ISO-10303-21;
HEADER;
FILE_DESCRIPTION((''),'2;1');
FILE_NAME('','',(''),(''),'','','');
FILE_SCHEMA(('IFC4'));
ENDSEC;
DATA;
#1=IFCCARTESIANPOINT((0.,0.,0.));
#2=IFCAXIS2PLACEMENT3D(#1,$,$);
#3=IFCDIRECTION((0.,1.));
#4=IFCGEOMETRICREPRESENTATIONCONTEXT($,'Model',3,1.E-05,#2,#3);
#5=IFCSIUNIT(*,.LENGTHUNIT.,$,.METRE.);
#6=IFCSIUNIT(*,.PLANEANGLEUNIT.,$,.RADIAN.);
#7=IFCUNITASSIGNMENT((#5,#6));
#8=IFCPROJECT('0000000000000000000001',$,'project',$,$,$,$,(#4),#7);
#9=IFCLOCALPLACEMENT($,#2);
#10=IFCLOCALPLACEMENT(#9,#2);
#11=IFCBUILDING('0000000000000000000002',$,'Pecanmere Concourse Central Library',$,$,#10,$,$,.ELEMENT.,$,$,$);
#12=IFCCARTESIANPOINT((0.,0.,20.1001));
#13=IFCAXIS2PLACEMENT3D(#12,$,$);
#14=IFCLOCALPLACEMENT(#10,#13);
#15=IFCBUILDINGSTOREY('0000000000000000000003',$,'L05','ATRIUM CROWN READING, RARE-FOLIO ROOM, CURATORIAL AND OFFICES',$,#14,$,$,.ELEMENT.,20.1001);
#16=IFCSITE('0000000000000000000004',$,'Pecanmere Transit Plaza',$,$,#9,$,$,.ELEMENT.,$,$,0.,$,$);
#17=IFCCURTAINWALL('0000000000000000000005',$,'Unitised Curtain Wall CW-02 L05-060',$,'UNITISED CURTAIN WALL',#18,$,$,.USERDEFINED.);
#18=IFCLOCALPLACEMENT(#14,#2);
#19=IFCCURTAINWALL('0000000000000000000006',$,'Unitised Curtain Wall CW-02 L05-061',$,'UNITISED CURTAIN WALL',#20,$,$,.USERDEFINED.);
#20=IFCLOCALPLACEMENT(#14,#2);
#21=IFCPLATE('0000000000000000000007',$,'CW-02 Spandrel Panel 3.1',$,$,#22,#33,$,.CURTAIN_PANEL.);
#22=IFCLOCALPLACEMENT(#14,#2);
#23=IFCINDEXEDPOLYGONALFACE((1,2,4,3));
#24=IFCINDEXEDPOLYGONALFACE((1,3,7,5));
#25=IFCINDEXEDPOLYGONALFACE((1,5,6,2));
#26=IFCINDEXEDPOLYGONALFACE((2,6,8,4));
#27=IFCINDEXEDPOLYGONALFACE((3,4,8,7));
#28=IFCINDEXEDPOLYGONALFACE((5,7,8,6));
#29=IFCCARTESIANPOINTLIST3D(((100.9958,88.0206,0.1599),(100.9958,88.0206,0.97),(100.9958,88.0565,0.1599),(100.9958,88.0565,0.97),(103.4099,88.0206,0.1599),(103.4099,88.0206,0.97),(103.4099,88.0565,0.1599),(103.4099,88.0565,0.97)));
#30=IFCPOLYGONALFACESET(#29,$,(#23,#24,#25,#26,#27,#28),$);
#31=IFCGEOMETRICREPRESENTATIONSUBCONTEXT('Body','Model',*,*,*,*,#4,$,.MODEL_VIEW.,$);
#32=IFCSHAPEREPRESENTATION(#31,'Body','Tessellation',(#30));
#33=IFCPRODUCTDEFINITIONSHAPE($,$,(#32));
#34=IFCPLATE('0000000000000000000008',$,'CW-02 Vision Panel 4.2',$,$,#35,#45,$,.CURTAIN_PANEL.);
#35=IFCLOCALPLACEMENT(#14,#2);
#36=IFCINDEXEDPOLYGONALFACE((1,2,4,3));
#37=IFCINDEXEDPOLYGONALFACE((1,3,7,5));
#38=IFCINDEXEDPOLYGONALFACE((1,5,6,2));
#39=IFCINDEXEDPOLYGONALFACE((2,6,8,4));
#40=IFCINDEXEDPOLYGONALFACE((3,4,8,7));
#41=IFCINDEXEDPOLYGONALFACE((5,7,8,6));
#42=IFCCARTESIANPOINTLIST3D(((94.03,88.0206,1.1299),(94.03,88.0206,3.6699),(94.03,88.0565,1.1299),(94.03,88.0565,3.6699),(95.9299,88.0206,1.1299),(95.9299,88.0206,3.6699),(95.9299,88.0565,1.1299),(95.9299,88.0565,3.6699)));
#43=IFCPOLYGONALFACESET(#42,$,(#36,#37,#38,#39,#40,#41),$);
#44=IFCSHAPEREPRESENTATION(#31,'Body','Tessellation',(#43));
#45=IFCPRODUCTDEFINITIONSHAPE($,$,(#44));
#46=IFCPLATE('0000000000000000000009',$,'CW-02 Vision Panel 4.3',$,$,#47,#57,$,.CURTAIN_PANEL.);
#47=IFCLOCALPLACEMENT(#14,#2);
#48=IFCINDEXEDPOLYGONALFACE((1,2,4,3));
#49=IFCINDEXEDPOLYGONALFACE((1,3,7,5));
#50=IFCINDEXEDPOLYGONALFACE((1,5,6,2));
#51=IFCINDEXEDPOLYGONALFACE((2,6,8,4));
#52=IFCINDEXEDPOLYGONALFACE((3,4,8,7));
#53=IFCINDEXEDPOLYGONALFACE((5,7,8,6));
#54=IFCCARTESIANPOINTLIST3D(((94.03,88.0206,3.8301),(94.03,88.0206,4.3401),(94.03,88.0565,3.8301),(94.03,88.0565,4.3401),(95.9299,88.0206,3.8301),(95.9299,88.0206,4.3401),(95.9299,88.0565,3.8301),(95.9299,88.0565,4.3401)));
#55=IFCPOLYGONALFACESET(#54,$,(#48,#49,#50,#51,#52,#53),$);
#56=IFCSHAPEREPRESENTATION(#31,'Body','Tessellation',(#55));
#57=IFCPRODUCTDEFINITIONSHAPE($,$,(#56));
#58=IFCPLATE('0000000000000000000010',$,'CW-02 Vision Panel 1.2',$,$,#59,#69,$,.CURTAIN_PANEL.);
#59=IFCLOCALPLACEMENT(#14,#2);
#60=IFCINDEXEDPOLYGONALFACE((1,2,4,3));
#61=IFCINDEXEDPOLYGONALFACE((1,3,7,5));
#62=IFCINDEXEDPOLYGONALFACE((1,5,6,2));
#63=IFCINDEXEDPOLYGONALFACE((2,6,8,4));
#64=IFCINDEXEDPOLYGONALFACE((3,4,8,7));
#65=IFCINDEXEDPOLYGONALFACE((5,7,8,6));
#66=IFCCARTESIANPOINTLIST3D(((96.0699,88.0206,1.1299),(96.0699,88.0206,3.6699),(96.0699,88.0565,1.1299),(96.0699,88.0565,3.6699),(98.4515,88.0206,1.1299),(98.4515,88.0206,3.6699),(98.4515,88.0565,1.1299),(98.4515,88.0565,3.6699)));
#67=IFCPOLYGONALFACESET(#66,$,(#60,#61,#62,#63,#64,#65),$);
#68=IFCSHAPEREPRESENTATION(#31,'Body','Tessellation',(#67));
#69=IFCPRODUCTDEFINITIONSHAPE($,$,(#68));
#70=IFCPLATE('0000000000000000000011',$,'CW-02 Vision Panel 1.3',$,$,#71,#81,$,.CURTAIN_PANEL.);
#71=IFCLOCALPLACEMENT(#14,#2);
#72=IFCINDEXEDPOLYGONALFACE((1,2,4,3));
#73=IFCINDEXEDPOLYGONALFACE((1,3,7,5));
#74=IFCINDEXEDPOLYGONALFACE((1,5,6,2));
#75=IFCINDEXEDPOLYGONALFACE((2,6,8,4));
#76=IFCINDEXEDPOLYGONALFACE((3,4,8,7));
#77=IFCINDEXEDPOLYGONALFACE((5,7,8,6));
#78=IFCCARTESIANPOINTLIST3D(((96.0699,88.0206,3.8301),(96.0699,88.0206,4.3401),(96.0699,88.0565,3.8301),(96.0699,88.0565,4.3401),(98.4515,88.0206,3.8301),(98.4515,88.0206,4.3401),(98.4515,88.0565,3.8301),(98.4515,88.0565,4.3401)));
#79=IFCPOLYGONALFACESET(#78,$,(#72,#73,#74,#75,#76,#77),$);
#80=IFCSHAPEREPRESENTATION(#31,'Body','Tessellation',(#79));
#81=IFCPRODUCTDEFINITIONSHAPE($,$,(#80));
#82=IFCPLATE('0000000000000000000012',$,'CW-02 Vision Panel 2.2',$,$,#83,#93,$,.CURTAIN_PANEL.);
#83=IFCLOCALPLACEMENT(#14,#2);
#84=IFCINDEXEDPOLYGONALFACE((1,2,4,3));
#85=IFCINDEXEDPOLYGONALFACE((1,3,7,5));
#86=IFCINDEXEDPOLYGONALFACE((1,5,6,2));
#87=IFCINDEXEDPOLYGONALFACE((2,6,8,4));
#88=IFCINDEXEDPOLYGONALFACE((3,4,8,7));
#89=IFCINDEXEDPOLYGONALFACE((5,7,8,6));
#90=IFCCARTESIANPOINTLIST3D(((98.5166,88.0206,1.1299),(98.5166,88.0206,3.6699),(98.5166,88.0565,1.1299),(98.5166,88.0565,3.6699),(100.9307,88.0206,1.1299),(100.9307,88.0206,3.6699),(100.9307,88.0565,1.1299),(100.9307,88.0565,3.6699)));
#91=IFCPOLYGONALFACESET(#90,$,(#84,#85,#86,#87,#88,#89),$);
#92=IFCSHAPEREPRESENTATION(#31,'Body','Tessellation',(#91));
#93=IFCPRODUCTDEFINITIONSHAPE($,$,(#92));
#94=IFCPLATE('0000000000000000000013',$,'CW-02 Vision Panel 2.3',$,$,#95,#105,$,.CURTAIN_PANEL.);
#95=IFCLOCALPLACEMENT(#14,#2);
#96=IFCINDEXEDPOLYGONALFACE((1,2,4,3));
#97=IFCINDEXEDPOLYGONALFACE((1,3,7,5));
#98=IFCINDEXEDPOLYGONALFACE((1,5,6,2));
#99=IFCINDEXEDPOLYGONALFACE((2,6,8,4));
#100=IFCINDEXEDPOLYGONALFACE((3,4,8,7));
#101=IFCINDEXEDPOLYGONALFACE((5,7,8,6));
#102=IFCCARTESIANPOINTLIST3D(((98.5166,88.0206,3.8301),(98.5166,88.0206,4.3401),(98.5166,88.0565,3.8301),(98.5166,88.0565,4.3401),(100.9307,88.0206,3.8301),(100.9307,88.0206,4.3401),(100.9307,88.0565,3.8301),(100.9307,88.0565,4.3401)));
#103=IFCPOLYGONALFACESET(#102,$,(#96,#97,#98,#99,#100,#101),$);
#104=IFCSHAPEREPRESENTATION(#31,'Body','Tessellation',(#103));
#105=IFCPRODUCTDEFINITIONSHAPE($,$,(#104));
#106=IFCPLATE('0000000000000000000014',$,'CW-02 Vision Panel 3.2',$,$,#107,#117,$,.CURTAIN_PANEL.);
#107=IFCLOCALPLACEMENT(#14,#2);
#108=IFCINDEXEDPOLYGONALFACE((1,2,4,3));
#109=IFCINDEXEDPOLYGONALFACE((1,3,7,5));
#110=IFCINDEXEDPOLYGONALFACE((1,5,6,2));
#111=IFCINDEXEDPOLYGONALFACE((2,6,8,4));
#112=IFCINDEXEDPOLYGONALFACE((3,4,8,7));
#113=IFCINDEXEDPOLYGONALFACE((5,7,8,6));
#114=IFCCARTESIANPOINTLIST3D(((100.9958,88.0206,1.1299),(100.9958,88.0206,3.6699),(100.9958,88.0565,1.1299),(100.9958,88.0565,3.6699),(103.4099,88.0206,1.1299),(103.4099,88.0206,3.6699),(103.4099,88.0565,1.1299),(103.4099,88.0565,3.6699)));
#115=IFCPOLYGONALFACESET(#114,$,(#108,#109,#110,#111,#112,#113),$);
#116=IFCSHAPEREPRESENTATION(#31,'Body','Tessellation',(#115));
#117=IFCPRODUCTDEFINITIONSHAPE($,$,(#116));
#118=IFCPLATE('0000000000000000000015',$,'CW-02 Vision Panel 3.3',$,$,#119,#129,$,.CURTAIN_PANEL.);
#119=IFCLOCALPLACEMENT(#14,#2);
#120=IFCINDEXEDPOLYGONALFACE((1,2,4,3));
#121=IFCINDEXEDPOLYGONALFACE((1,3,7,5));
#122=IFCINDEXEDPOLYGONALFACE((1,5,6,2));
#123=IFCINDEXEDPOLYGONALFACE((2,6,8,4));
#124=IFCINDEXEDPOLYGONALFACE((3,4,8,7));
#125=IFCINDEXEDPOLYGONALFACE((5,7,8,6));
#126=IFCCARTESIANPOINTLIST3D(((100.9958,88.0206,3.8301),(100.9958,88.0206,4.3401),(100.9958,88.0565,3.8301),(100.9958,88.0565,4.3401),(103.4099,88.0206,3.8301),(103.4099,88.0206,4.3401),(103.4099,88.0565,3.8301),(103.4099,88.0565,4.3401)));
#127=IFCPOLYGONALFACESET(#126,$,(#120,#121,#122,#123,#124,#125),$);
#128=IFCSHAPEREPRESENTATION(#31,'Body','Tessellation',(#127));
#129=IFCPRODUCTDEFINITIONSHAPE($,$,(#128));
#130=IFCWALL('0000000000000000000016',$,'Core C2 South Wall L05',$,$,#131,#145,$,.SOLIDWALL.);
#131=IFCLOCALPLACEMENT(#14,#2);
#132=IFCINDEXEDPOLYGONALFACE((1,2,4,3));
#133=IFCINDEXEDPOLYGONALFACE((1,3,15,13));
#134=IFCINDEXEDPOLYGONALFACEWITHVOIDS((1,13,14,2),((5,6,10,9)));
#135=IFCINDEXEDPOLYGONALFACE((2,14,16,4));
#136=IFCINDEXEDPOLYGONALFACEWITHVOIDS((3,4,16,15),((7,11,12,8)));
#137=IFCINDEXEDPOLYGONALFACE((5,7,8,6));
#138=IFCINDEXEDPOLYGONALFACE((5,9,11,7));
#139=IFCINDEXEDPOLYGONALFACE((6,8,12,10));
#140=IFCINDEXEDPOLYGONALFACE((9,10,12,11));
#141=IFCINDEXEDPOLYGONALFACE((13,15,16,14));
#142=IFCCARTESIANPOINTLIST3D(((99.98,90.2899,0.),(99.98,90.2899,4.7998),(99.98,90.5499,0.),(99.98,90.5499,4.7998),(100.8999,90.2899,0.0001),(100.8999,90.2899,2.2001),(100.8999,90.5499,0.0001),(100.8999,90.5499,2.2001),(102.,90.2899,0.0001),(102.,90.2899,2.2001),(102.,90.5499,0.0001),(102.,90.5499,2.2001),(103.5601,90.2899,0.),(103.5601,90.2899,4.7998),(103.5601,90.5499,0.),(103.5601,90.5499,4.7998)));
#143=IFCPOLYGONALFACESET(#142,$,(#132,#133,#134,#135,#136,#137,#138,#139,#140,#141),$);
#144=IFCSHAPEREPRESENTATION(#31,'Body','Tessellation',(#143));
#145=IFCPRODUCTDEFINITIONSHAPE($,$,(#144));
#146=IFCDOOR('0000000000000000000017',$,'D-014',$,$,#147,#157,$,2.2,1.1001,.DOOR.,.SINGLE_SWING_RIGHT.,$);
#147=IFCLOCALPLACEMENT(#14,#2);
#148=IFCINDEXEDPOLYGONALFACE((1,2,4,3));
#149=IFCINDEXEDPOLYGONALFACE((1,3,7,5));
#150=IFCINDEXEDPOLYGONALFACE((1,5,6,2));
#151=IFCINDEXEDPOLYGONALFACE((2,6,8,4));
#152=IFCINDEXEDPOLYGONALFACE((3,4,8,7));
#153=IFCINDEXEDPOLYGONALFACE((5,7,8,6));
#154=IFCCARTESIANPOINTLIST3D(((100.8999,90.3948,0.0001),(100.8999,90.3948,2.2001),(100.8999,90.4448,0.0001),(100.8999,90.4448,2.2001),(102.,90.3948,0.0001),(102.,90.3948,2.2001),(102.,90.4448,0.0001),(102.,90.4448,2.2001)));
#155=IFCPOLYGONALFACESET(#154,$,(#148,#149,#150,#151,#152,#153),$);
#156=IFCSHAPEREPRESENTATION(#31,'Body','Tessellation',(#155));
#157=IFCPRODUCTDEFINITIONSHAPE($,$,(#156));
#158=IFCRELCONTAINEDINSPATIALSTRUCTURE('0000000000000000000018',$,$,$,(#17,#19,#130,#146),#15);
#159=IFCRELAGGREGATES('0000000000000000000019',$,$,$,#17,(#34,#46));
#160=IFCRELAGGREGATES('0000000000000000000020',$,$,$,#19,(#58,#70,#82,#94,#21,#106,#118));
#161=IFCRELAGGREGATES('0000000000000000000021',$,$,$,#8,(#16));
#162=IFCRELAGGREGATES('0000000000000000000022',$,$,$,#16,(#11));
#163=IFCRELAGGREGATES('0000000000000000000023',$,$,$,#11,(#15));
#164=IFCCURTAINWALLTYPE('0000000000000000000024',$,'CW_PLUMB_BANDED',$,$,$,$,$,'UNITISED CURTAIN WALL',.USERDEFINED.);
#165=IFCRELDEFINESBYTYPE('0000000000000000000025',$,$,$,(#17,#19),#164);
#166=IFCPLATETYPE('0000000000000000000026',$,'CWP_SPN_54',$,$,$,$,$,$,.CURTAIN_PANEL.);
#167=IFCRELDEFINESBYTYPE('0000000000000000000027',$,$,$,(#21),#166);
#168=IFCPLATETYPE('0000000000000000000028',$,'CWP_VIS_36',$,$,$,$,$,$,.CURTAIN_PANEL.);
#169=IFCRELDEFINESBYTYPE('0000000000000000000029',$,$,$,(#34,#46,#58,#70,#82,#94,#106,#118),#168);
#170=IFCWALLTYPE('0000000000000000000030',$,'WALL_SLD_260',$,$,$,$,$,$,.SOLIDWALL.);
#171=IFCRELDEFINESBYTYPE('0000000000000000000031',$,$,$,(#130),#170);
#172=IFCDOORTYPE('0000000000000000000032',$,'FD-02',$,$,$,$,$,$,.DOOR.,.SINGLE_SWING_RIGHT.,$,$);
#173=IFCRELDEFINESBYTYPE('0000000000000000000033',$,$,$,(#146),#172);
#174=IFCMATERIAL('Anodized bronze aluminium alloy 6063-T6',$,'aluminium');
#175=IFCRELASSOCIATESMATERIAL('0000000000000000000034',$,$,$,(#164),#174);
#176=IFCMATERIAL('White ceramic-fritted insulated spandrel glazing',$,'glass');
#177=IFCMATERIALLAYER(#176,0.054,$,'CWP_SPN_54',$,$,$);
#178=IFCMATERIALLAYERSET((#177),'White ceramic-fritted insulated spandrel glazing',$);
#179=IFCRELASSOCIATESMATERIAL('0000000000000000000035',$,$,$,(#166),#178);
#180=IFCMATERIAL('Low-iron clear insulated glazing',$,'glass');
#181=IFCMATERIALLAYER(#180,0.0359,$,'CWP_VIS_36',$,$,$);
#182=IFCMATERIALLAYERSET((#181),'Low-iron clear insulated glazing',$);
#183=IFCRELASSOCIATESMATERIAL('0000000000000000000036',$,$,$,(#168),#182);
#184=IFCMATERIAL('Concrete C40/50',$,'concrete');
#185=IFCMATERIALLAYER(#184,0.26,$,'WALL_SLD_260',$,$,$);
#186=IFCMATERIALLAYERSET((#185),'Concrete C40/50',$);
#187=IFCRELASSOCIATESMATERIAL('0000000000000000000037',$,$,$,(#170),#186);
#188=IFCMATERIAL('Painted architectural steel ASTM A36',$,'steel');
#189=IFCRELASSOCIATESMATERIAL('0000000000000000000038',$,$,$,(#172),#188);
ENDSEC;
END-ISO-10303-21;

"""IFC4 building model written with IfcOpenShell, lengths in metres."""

from ifc_helpers import new_model, si_unit, direction, frame, frame_2d, origin, origin_2d, place, context, subcontext, project, spatial, rectangle, extrude, material, layer, layer_set, type_object, element, fill, aggregate, save


model = new_model("IFC4")

# Units and contexts
model_context = context("Model", 3, precision=1e-05, world=origin(), true_north=direction((0.0, 1.0)))
body_context = subcontext(model_context, "Body", "Model", "MODEL_VIEW")
ifc_project = project(units=[si_unit("LENGTHUNIT", "METRE"), si_unit("PLANEANGLEUNIT", "RADIAN")], contexts=[model_context])

# Site, building, storey
site_placement = place(None, origin())
site = spatial("IfcSite", under=ifc_project, at=site_placement, Name="Pecanmere Transit Plaza", CompositionType="ELEMENT", RefElevation=0.0)
building_placement = place(site_placement, origin())
building = spatial("IfcBuilding", under=site, at=building_placement, Name="Pecanmere Concourse Central Library", CompositionType="ELEMENT")
storey_placement = place(building_placement, frame((0.0, 0.0, 20.1001)))
storey = spatial("IfcBuildingStorey", under=building, at=storey_placement, Name="L05", Description="ATRIUM CROWN READING, RARE-FOLIO ROOM, CURATORIAL AND OFFICES", CompositionType="ELEMENT", Elevation=20.1001)

# Curtain wall
ifc_material_1 = material(Name="Anodized bronze aluminium alloy 6063-T6", Category="aluminium")
curtain_wall_type = type_object("IfcCurtainWallType", Name="CW_PLUMB_BANDED", ElementType="UNITISED CURTAIN WALL", PredefinedType="USERDEFINED", material=ifc_material_1)
curtain_wall_1_placement = place(storey_placement, origin())
curtain_wall_1 = element("IfcCurtainWall", 1, at=curtain_wall_1_placement, inside=storey, type_object=curtain_wall_type, Name="Unitised Curtain Wall CW-02 L05-060", ObjectType="UNITISED CURTAIN WALL", PredefinedType="USERDEFINED")

# Curtain wall
curtain_wall_2_placement = place(storey_placement, origin())
curtain_wall_2 = element("IfcCurtainWall", 2, at=curtain_wall_2_placement, inside=storey, type_object=curtain_wall_type, Name="Unitised Curtain Wall CW-02 L05-061", ObjectType="UNITISED CURTAIN WALL", PredefinedType="USERDEFINED")

# Plates
ifc_material_2 = material(Name="White ceramic-fritted insulated spandrel glazing", Category="glass")
ifc_layer_1 = layer(ifc_material_2, 0.054, Name="CWP_SPN_54")
ifc_layer_set_1 = layer_set([ifc_layer_1], Name="White ceramic-fritted insulated spandrel glazing")
plate_type_1 = type_object("IfcPlateType", Name="CWP_SPN_54", PredefinedType="CURTAIN_PANEL", material=ifc_layer_set_1)
plate_1_placement = place(storey_placement, frame((102.2029, 88.0386, 0.1599), z_axis=(0.0, 0.0, 1.0), x_axis=(1.0, 0.0, 0.0)))
plate_1 = element("IfcPlate", 3, at=plate_1_placement, type_object=plate_type_1, Name="CW-02 Spandrel Panel 3.1", PredefinedType="CURTAIN_PANEL", context=body_context, shape_type="SweptSolid", body=[
    extrude(rectangle(XDim=2.4141, YDim=0.0359, at=origin_2d()), origin(), (0.0, 0.0, 1.0), 0.8101),
])
ifc_material_3 = material(Name="Low-iron clear insulated glazing", Category="glass")
ifc_layer_2 = layer(ifc_material_3, 0.0359, Name="CWP_VIS_36")
ifc_layer_set_2 = layer_set([ifc_layer_2], Name="Low-iron clear insulated glazing")
plate_type_2 = type_object("IfcPlateType", Name="CWP_VIS_36", PredefinedType="CURTAIN_PANEL", material=ifc_layer_set_2)
plate_2_placement = place(storey_placement, frame((94.98, 88.0386, 1.1299), z_axis=(0.0, 0.0, 1.0), x_axis=(1.0, 0.0, 0.0)))
plate_2 = element("IfcPlate", 4, at=plate_2_placement, type_object=plate_type_2, Name="CW-02 Vision Panel 4.2", PredefinedType="CURTAIN_PANEL", context=body_context, shape_type="SweptSolid", body=[
    extrude(rectangle(XDim=1.8999, YDim=0.0359, at=origin_2d()), origin(), (0.0, 0.0, 1.0), 2.54),
])
plate_3_placement = place(storey_placement, frame((94.98, 88.0386, 3.8301), z_axis=(0.0, 0.0, 1.0), x_axis=(1.0, 0.0, 0.0)))
plate_3 = element("IfcPlate", 5, at=plate_3_placement, type_object=plate_type_2, Name="CW-02 Vision Panel 4.3", PredefinedType="CURTAIN_PANEL", context=body_context, shape_type="SweptSolid", body=[
    extrude(rectangle(XDim=1.8999, YDim=0.0359, at=origin_2d()), origin(), (0.0, 0.0, 1.0), 0.51),
])
aggregate(curtain_wall_1, [plate_2, plate_3])
plate_4_placement = place(storey_placement, frame((97.2607, 88.0386, 1.1299), z_axis=(0.0, 0.0, 1.0), x_axis=(1.0, 0.0, 0.0)))
plate_4 = element("IfcPlate", 6, at=plate_4_placement, type_object=plate_type_2, Name="CW-02 Vision Panel 1.2", PredefinedType="CURTAIN_PANEL", context=body_context, shape_type="SweptSolid", body=[
    extrude(rectangle(XDim=2.3816, YDim=0.0359, at=origin_2d()), origin(), (0.0, 0.0, 1.0), 2.54),
])
plate_5_placement = place(storey_placement, frame((97.2607, 88.0386, 3.8301), z_axis=(0.0, 0.0, 1.0), x_axis=(1.0, 0.0, 0.0)))
plate_5 = element("IfcPlate", 7, at=plate_5_placement, type_object=plate_type_2, Name="CW-02 Vision Panel 1.3", PredefinedType="CURTAIN_PANEL", context=body_context, shape_type="SweptSolid", body=[
    extrude(rectangle(XDim=2.3816, YDim=0.0359, at=origin_2d()), origin(), (0.0, 0.0, 1.0), 0.51),
])
plate_6_placement = place(storey_placement, frame((99.7236, 88.0386, 1.1299), z_axis=(0.0, 0.0, 1.0), x_axis=(1.0, 0.0, 0.0)))
plate_6 = element("IfcPlate", 8, at=plate_6_placement, type_object=plate_type_2, Name="CW-02 Vision Panel 2.2", PredefinedType="CURTAIN_PANEL", context=body_context, shape_type="SweptSolid", body=[
    extrude(rectangle(XDim=2.4141, YDim=0.0359, at=origin_2d()), origin(), (0.0, 0.0, 1.0), 2.54),
])
plate_7_placement = place(storey_placement, frame((99.7236, 88.0386, 3.8301), z_axis=(0.0, 0.0, 1.0), x_axis=(1.0, 0.0, 0.0)))
plate_7 = element("IfcPlate", 9, at=plate_7_placement, type_object=plate_type_2, Name="CW-02 Vision Panel 2.3", PredefinedType="CURTAIN_PANEL", context=body_context, shape_type="SweptSolid", body=[
    extrude(rectangle(XDim=2.4141, YDim=0.0359, at=origin_2d()), origin(), (0.0, 0.0, 1.0), 0.51),
])
plate_8_placement = place(storey_placement, frame((102.2029, 88.0386, 1.1299), z_axis=(0.0, 0.0, 1.0), x_axis=(1.0, 0.0, 0.0)))
plate_8 = element("IfcPlate", 10, at=plate_8_placement, type_object=plate_type_2, Name="CW-02 Vision Panel 3.2", PredefinedType="CURTAIN_PANEL", context=body_context, shape_type="SweptSolid", body=[
    extrude(rectangle(XDim=2.4141, YDim=0.0359, at=origin_2d()), origin(), (0.0, 0.0, 1.0), 2.54),
])
plate_9_placement = place(storey_placement, frame((102.2029, 88.0386, 3.8301), z_axis=(0.0, 0.0, 1.0), x_axis=(1.0, 0.0, 0.0)))
plate_9 = element("IfcPlate", 11, at=plate_9_placement, type_object=plate_type_2, Name="CW-02 Vision Panel 3.3", PredefinedType="CURTAIN_PANEL", context=body_context, shape_type="SweptSolid", body=[
    extrude(rectangle(XDim=2.4141, YDim=0.0359, at=origin_2d()), origin(), (0.0, 0.0, 1.0), 0.51),
])
aggregate(curtain_wall_2, [plate_4, plate_5, plate_6, plate_7, plate_1, plate_8, plate_9])

# Wall, opening, door
ifc_material_4 = material(Name="Concrete C40/50", Category="concrete")
ifc_layer_3 = layer(ifc_material_4, 0.26, Name="WALL_SLD_260")
ifc_layer_set_3 = layer_set([ifc_layer_3], Name="Concrete C40/50")
wall_type = type_object("IfcWallType", Name="WALL_SLD_260", PredefinedType="SOLIDWALL", material=ifc_layer_set_3)
wall_placement = place(storey_placement, frame((99.98, 90.4199, 0.0), z_axis=(0.0, 0.0, 1.0), x_axis=(1.0, 0.0, 0.0)))
wall = element("IfcWall", 12, at=wall_placement, inside=storey, type_object=wall_type, Name="Core C2 South Wall L05", PredefinedType="SOLIDWALL", context=body_context, shape_type="SweptSolid", body=[
    extrude(rectangle(XDim=3.5801, YDim=0.26, at=frame_2d((1.79, 0.0))), origin(), (0.0, 0.0, 1.0), 4.7998),
])
opening_placement = place(wall_placement, frame((0.9199, 0.0, 0.0)))
opening = element("IfcOpeningElement", 13, at=opening_placement, cuts=wall, PredefinedType="OPENING", context=body_context, shape_type="SweptSolid", body=[
    extrude(rectangle(XDim=1.1001, YDim=2.2, at=frame_2d((0.55, 1.1001))), frame((0.0, 0.1421, 0.0), z_axis=(0.0, -1.0, 0.0), x_axis=(1.0, 0.0, 0.0)), (0.0, 0.0, 1.0), 0.2839),
])
ifc_material_5 = material(Name="Painted architectural steel ASTM A36", Category="steel")
door_type = type_object("IfcDoorType", Name="FD-02", OperationType="SINGLE_SWING_RIGHT", PredefinedType="DOOR", material=ifc_material_5)
door_placement = place(opening_placement, origin())
door = element("IfcDoor", 14, at=door_placement, inside=storey, type_object=door_type, Name="D-014", OperationType="SINGLE_SWING_RIGHT", OverallHeight=2.2, OverallWidth=1.1001, PredefinedType="DOOR", context=body_context, shape_type="SweptSolid", body=[
    extrude(rectangle(XDim=1.1001, YDim=2.2, at=frame_2d((0.55, 1.1001))), frame((0.0, 0.0249, 0.0), z_axis=(0.0, -1.0, 0.0), x_axis=(1.0, 0.0, 0.0)), (0.0, 0.0, 1.0), 0.05),
])
fill(opening, door)

save(model, "model.ifc")
